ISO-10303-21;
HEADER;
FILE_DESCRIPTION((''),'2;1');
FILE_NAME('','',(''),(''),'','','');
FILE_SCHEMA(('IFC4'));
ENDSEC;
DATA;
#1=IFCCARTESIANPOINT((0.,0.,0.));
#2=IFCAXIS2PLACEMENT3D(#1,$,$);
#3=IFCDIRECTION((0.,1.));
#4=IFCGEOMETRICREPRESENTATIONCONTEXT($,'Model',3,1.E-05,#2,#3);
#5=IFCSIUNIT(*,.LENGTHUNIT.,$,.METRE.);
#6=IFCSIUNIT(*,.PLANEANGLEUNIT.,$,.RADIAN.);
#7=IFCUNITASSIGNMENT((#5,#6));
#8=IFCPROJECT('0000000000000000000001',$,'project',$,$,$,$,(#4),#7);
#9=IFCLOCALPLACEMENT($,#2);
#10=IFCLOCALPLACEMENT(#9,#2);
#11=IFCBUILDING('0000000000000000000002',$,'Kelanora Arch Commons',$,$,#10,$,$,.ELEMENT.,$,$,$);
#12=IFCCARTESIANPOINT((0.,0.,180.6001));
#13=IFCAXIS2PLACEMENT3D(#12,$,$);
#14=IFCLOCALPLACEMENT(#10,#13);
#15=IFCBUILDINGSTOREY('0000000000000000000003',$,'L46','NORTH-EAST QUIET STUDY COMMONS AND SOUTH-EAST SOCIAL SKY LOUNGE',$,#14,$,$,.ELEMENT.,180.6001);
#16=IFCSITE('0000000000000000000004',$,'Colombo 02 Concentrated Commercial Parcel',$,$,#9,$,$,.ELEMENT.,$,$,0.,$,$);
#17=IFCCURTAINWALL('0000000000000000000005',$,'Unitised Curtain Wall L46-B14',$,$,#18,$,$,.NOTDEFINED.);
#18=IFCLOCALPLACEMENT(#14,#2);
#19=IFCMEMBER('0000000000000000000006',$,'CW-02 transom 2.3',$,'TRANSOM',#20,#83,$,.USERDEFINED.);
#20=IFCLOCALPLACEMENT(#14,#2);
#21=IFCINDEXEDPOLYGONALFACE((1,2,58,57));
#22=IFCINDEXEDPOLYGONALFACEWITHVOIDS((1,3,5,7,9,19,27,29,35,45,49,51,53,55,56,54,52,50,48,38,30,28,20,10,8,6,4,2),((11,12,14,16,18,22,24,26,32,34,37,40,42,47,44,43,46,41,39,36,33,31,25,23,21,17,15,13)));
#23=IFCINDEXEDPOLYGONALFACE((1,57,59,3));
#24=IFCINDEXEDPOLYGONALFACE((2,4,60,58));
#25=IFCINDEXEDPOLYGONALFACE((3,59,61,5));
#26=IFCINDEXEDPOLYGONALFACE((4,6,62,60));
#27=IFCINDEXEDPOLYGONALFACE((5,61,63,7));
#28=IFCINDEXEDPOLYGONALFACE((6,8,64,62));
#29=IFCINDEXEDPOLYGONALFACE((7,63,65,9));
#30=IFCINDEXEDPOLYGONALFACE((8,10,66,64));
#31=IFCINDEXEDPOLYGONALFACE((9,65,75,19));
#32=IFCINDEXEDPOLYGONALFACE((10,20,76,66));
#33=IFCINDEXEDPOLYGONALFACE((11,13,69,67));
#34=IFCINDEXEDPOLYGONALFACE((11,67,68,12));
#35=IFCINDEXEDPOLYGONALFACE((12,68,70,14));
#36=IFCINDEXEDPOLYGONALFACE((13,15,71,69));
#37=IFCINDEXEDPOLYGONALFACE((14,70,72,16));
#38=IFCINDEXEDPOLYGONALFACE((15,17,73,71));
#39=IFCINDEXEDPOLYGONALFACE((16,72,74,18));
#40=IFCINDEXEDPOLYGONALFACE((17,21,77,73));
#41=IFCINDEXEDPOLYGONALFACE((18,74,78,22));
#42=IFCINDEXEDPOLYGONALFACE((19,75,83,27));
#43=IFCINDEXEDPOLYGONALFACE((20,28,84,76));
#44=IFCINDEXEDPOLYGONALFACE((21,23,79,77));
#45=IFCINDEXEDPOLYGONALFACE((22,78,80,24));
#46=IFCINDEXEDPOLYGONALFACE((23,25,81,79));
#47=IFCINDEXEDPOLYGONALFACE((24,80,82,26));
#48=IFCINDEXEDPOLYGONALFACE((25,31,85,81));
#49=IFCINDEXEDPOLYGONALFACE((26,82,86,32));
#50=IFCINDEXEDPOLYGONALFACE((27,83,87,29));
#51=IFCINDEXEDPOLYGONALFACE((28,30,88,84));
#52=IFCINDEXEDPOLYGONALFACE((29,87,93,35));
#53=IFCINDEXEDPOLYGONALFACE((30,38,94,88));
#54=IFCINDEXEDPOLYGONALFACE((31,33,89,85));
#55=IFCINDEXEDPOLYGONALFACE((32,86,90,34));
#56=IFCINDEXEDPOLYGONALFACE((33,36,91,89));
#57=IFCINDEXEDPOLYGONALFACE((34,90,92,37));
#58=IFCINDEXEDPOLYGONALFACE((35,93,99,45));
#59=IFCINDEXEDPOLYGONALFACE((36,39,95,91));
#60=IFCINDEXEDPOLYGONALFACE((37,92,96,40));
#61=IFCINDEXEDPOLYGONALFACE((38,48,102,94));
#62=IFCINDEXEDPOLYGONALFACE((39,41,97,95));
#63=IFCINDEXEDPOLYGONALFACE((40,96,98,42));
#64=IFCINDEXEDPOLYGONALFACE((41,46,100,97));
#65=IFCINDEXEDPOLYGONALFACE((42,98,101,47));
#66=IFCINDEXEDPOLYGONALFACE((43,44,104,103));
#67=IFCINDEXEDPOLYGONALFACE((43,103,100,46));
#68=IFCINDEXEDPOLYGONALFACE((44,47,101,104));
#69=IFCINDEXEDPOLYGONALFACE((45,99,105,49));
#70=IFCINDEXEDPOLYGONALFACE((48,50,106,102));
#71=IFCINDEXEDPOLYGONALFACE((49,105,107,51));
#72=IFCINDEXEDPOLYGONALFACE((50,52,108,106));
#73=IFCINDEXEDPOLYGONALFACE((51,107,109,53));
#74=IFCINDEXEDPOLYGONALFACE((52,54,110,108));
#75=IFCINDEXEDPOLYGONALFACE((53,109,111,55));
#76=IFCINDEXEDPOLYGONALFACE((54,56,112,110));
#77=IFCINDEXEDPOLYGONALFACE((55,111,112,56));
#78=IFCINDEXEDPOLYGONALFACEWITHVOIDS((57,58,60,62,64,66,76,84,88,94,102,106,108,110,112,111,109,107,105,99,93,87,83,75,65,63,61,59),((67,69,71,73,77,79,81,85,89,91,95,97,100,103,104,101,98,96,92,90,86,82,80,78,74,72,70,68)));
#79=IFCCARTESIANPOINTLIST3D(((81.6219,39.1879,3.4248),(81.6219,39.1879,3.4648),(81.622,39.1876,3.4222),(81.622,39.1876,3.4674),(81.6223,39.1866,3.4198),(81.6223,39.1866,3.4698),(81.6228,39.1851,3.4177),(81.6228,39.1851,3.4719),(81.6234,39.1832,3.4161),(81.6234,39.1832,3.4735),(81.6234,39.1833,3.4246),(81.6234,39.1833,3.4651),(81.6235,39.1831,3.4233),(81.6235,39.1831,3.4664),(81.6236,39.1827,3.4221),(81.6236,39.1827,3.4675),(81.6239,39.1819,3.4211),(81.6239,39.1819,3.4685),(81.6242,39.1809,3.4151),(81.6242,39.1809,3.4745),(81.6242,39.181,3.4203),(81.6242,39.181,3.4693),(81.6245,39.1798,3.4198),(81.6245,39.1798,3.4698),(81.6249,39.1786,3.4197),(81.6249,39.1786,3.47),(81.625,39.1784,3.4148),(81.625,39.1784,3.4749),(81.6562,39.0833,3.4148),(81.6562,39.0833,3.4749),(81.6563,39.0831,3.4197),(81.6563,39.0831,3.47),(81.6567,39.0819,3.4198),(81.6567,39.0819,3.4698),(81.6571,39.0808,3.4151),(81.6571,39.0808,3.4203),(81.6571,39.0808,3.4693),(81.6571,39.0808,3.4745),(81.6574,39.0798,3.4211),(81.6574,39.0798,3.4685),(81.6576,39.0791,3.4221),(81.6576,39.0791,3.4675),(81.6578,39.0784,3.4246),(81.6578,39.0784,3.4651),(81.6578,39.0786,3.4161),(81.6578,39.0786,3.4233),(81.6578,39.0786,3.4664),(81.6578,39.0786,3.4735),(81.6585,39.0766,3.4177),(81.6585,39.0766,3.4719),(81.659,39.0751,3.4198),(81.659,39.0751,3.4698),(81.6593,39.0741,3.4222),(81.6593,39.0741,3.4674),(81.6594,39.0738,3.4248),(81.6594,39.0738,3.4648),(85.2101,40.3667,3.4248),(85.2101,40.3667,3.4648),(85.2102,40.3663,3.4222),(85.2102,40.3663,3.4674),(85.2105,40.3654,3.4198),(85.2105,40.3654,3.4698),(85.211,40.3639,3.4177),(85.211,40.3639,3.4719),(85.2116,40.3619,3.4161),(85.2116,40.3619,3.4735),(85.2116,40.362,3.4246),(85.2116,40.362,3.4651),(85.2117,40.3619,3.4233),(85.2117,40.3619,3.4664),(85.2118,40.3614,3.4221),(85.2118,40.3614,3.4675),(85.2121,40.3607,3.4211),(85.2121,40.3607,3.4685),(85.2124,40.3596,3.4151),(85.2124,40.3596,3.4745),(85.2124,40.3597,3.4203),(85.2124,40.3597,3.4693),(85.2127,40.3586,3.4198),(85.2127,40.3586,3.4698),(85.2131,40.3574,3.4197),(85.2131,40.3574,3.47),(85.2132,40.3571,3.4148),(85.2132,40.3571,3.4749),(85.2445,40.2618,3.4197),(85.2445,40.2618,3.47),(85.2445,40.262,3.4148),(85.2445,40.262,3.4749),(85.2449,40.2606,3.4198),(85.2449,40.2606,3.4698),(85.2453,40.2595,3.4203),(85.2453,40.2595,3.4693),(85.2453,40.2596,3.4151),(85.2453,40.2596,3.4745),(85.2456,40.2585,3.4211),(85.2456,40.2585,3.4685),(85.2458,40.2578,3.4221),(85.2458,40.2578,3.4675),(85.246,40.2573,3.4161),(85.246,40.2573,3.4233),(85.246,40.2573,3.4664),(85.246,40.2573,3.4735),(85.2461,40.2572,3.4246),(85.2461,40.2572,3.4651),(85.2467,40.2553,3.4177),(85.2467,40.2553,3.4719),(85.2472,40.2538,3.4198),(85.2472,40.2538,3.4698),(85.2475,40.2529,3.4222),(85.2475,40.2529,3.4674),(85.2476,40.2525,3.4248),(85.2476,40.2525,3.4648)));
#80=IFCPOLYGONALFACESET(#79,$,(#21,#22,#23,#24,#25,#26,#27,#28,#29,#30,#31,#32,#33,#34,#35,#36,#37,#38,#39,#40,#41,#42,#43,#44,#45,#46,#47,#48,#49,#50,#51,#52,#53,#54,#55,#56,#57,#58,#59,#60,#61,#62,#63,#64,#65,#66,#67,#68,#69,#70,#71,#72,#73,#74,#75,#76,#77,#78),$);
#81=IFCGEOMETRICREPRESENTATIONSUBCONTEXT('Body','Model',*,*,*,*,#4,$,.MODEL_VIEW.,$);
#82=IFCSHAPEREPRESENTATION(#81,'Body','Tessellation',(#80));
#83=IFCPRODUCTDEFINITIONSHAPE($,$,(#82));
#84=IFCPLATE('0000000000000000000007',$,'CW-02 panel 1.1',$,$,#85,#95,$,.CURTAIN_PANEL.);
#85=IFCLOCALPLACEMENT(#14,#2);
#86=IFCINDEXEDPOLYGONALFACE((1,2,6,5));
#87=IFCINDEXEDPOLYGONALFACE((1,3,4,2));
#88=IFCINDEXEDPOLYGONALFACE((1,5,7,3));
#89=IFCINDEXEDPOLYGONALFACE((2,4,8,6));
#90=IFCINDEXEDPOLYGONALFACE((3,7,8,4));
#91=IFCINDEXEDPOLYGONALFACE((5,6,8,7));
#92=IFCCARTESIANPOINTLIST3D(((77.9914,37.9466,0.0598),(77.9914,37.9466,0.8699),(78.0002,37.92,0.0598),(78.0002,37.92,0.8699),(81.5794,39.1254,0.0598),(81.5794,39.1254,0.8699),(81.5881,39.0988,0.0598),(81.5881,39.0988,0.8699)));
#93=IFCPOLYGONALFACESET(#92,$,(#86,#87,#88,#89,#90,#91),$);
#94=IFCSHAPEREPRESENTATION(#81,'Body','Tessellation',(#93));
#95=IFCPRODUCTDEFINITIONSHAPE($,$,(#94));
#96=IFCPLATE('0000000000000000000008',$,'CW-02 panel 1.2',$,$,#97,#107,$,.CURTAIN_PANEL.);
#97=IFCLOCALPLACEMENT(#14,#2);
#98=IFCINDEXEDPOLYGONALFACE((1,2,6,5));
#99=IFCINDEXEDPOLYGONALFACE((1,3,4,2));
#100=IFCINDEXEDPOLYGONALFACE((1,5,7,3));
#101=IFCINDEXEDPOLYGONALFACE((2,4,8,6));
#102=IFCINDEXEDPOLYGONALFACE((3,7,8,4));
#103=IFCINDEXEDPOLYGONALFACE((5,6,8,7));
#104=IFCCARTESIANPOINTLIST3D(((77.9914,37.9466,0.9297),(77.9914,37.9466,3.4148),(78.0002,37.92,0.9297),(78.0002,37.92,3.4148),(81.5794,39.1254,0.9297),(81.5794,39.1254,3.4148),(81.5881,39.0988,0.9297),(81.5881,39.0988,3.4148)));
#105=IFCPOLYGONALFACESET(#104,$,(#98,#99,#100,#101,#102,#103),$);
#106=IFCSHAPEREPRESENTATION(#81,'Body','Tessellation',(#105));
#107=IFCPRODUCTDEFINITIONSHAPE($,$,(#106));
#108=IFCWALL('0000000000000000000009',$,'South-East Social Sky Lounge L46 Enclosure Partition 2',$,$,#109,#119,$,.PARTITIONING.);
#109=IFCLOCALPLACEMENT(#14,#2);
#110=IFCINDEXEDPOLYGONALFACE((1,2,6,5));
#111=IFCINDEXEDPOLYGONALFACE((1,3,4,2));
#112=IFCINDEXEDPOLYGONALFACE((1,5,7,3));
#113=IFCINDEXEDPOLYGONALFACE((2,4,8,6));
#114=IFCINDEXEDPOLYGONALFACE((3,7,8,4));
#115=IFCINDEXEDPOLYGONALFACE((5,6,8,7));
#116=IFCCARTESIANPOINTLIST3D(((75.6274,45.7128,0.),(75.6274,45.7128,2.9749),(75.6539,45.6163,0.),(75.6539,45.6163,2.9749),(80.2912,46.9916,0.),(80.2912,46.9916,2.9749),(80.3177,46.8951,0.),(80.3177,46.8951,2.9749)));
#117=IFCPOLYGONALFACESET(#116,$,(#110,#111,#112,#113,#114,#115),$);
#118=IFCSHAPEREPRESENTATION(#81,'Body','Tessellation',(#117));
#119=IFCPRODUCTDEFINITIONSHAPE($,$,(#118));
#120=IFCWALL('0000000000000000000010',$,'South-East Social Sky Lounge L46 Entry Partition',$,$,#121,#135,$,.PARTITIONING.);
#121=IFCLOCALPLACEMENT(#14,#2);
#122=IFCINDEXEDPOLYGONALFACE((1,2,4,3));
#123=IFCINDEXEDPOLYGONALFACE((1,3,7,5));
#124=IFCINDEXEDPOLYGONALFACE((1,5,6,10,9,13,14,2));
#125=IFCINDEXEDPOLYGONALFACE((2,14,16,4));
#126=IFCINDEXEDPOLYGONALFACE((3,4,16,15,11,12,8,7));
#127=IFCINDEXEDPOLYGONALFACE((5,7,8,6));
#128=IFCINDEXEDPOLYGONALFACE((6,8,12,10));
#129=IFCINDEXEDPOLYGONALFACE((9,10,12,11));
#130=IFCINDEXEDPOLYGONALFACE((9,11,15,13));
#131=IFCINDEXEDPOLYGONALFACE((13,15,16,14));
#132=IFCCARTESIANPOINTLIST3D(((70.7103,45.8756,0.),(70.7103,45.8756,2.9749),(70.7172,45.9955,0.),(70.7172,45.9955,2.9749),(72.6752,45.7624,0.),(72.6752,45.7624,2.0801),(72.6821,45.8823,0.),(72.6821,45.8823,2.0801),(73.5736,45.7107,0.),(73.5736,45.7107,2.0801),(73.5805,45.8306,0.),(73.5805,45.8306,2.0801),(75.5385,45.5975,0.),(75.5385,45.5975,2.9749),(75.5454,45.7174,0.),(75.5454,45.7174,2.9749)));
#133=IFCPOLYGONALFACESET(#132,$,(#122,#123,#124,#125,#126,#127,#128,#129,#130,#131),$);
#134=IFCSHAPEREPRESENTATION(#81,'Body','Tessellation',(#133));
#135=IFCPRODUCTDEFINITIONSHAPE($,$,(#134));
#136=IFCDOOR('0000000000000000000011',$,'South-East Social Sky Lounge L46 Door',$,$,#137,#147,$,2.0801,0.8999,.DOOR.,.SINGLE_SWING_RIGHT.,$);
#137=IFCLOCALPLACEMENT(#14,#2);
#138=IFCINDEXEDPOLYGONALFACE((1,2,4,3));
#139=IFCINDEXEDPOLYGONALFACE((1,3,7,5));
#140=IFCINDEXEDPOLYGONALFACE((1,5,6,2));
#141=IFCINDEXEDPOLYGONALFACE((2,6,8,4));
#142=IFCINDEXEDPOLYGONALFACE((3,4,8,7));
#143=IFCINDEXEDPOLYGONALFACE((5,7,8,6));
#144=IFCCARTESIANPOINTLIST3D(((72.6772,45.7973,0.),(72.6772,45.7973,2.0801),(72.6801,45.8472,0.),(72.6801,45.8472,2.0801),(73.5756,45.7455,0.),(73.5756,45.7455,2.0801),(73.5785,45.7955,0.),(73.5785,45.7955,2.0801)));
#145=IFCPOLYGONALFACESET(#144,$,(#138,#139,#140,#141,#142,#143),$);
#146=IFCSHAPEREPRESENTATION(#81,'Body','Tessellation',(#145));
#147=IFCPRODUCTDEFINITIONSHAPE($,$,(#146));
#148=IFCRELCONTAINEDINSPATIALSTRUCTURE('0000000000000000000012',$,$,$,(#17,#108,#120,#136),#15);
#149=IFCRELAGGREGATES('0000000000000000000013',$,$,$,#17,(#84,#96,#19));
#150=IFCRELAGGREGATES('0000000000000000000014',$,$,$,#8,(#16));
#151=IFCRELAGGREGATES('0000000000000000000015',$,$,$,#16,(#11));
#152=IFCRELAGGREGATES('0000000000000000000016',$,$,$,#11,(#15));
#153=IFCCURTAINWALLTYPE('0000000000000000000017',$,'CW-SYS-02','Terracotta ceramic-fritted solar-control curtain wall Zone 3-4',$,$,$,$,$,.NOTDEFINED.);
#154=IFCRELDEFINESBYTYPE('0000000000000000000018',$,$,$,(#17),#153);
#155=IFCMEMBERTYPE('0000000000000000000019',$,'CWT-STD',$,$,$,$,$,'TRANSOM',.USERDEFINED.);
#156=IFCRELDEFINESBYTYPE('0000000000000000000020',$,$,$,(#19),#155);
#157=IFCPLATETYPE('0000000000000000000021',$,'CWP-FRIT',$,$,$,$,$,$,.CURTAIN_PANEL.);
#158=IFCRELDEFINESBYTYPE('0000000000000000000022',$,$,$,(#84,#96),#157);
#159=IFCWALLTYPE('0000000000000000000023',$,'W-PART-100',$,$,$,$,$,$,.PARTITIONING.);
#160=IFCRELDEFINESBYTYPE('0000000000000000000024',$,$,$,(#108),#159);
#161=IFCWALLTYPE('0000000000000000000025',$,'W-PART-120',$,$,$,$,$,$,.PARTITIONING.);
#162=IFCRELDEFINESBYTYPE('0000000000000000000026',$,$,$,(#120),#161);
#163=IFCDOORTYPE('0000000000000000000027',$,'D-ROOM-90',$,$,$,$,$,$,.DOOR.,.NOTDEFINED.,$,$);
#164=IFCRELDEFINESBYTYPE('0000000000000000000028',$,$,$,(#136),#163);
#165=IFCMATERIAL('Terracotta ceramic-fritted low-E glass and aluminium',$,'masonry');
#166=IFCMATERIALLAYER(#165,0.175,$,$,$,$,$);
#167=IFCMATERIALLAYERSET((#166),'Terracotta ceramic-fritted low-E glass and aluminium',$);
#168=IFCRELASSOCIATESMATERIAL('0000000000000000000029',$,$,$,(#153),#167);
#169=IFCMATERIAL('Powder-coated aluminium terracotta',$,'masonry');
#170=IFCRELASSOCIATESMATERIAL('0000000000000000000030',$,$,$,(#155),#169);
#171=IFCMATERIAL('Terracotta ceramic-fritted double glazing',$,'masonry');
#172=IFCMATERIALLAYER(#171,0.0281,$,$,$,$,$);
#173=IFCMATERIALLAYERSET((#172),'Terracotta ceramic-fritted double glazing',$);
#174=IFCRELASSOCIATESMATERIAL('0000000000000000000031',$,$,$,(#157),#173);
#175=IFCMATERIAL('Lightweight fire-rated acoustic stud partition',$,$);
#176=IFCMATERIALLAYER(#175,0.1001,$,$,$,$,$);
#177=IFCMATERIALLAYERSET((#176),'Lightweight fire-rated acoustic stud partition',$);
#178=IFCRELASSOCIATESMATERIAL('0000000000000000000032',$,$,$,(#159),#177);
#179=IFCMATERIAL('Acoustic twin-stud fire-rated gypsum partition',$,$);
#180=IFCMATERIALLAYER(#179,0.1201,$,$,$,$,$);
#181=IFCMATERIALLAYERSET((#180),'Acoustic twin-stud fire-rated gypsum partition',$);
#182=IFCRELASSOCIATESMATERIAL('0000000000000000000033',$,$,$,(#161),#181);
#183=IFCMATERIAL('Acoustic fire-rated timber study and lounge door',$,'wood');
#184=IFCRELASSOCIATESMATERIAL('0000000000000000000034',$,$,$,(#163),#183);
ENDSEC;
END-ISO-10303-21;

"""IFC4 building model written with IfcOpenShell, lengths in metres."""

from ifc_helpers import new_model, si_unit, direction, frame, frame_2d, origin, origin_2d, place, context, subcontext, project, spatial, rectangle, hollow_rectangle, extrude, source, transform, mapped, material, layer, layer_set, material_profile, profile_set, type_object, element, fill, aggregate, save


model = new_model("IFC4")

# Units and contexts
model_context = context("Model", 3, precision=1e-05, world=origin(), true_north=direction((0.0, 1.0)))
body_context = subcontext(model_context, "Body", "Model", "MODEL_VIEW")
ifc_project = project(units=[si_unit("LENGTHUNIT", "METRE"), si_unit("PLANEANGLEUNIT", "RADIAN")], contexts=[model_context])

# Site, building, storey
site_placement = place(None, origin())
site = spatial("IfcSite", under=ifc_project, at=site_placement, Name="Colombo 02 Concentrated Commercial Parcel", CompositionType="ELEMENT", RefElevation=0.0)
building_placement = place(site_placement, origin())
building = spatial("IfcBuilding", under=site, at=building_placement, Name="Kelanora Arch Commons", CompositionType="ELEMENT")
storey_placement = place(building_placement, frame((0.0, 0.0, 180.6001)))
storey = spatial("IfcBuildingStorey", under=building, at=storey_placement, Name="L46", Description="NORTH-EAST QUIET STUDY COMMONS AND SOUTH-EAST SOCIAL SKY LOUNGE", CompositionType="ELEMENT", Elevation=180.6001)

# Curtain wall, member, plates
ifc_material_1 = material(Name="Terracotta ceramic-fritted low-E glass and aluminium", Category="masonry")
ifc_layer_1 = layer(ifc_material_1, 0.175)
ifc_layer_set_1 = layer_set([ifc_layer_1], Name="Terracotta ceramic-fritted low-E glass and aluminium")
curtain_wall_type = type_object("IfcCurtainWallType", Name="CW-SYS-02", Description="Terracotta ceramic-fritted solar-control curtain wall Zone 3-4", PredefinedType="NOTDEFINED", material=ifc_layer_set_1)
curtain_wall_placement = place(storey_placement, origin())
curtain_wall = element("IfcCurtainWall", 1, at=curtain_wall_placement, inside=storey, type_object=curtain_wall_type, Name="Unitised Curtain Wall L46-B14", PredefinedType="NOTDEFINED")
ifc_material_2 = material(Name="Powder-coated aluminium terracotta", Category="masonry")
ifc_material_profile_1 = material_profile(ifc_material_2, hollow_rectangle(XDim=0.1201, YDim=0.0601, WallThickness=0.0049, InnerFilletRadius=0.0049, OuterFilletRadius=0.01, at=origin_2d()), Name="CWT120x60")
ifc_profile_set_1 = profile_set([ifc_material_profile_1], Name="Powder-coated aluminium terracotta")
member_type_1 = type_object("IfcMemberType", Name="CWT-STD", ElementType="TRANSOM", PredefinedType="USERDEFINED", material=ifc_profile_set_1)
member_1_placement = place(storey_placement, frame((81.6406, 39.1309, 3.4448), z_axis=(0.950051, 0.312094, 0.0), x_axis=(-0.312094, 0.950051, 0.0)))
member_1 = element("IfcMember", 2, at=member_1_placement, type_object=member_type_1, Name="CW-02 transom 2.3", ObjectType="TRANSOM", PredefinedType="USERDEFINED", context=body_context, shape_type="SweptSolid", body=[
    extrude(hollow_rectangle(XDim=0.1201, YDim=0.0601, WallThickness=0.0049, InnerFilletRadius=0.0049, OuterFilletRadius=0.01, at=origin_2d()), origin(), (0.0, 0.0, 1.0), 3.7769),
])
ifc_material_3 = material(Name="Terracotta ceramic-fritted double glazing", Category="masonry")
ifc_layer_2 = layer(ifc_material_3, 0.0281)
ifc_layer_set_2 = layer_set([ifc_layer_2], Name="Terracotta ceramic-fritted double glazing")
plate_type = type_object("IfcPlateType", Name="CWP-FRIT", PredefinedType="CURTAIN_PANEL", material=ifc_layer_set_2)
shared_shape_1 = source(origin(), body_context, "Body", "SweptSolid", [
    extrude(rectangle(XDim=3.7766, YDim=0.0281, at=origin_2d()), origin(), (0.0, 0.0, 1.0), 0.8101),
])
plate_1_placement = place(storey_placement, frame((79.7898, 38.5227, 0.0598), z_axis=(0.0, 0.0, 1.0), x_axis=(0.95004, 0.312128, 0.0)))
plate_1 = element("IfcPlate", 3, at=plate_1_placement, type_object=plate_type, Name="CW-02 panel 1.1", PredefinedType="CURTAIN_PANEL", context=body_context, shape_type="MappedRepresentation", body=[
    mapped(shared_shape_1, transform((0.0, 0.0, 0.0), scale=1.0)),
])
shared_shape_2 = source(origin(), body_context, "Body", "SweptSolid", [
    extrude(rectangle(XDim=3.7766, YDim=0.0281, at=origin_2d()), origin(), (0.0, 0.0, 1.0), 2.4851),
])
plate_2_placement = place(storey_placement, frame((79.7898, 38.5227, 0.9297), z_axis=(0.0, 0.0, 1.0), x_axis=(0.95004, 0.312128, 0.0)))
plate_2 = element("IfcPlate", 4, at=plate_2_placement, type_object=plate_type, Name="CW-02 panel 1.2", PredefinedType="CURTAIN_PANEL", context=body_context, shape_type="MappedRepresentation", body=[
    mapped(shared_shape_2, transform((0.0, 0.0, 0.0), scale=1.0)),
])
aggregate(curtain_wall, [plate_1, plate_2, member_1])

# Wall
ifc_material_4 = material(Name="Lightweight fire-rated acoustic stud partition")
ifc_layer_3 = layer(ifc_material_4, 0.1001)
ifc_layer_set_3 = layer_set([ifc_layer_3], Name="Lightweight fire-rated acoustic stud partition")
wall_type_1 = type_object("IfcWallType", Name="W-PART-100", PredefinedType="PARTITIONING", material=ifc_layer_set_3)
wall_1_placement = place(storey_placement, frame((75.6406, 45.6646, 0.0), z_axis=(0.0, 0.0, 1.0), x_axis=(0.964403, 0.264437, 0.0)))
element("IfcWall", 5, at=wall_1_placement, inside=storey, type_object=wall_type_1, Name="South-East Social Sky Lounge L46 Enclosure Partition 2", PredefinedType="PARTITIONING", context=body_context, shape_type="SweptSolid", body=[
    extrude(rectangle(XDim=4.8359, YDim=0.1001, at=frame_2d((2.418, 0.0))), origin(), (0.0, 0.0, 1.0), 2.9749),
])

# Wall, opening, door
ifc_material_5 = material(Name="Acoustic twin-stud fire-rated gypsum partition")
ifc_layer_4 = layer(ifc_material_5, 0.1201)
ifc_layer_set_4 = layer_set([ifc_layer_4], Name="Acoustic twin-stud fire-rated gypsum partition")
wall_type_2 = type_object("IfcWallType", Name="W-PART-120", PredefinedType="PARTITIONING", material=ifc_layer_set_4)
wall_2_placement = place(storey_placement, frame((70.7139, 45.9355, 0.0), z_axis=(0.0, 0.0, 1.0), x_axis=(0.998346, -0.0575, 0.0)))
wall_2 = element("IfcWall", 6, at=wall_2_placement, inside=storey, type_object=wall_type_2, Name="South-East Social Sky Lounge L46 Entry Partition", PredefinedType="PARTITIONING", context=body_context, shape_type="SweptSolid", body=[
    extrude(rectangle(XDim=4.8362, YDim=0.1201, at=frame_2d((2.418, 0.0))), origin(), (0.0, 0.0, 1.0), 2.9749),
])
opening_placement = place(wall_2_placement, frame((1.968, 0.0, 0.0)))
opening = element("IfcOpeningElement", 7, at=opening_placement, cuts=wall_2, PredefinedType="OPENING", context=body_context, shape_type="SweptSolid", body=[
    extrude(rectangle(XDim=0.8999, YDim=2.0801, at=frame_2d((0.45, 1.04))), frame((0.0, 0.0701, 0.0), z_axis=(0.0, -1.0, 0.0), x_axis=(1.0, 0.0, 0.0)), (0.0, 0.0, 1.0), 0.1401),
])
ifc_material_6 = material(Name="Acoustic fire-rated timber study and lounge door", Category="wood")
door_type = type_object("IfcDoorType", Name="D-ROOM-90", OperationType="NOTDEFINED", PredefinedType="DOOR", material=ifc_material_6)
door_placement = place(opening_placement, origin())
door = element("IfcDoor", 8, at=door_placement, inside=storey, type_object=door_type, Name="South-East Social Sky Lounge L46 Door", OperationType="SINGLE_SWING_RIGHT", OverallHeight=2.0801, OverallWidth=0.8999, PredefinedType="DOOR", context=body_context, shape_type="SweptSolid", body=[
    extrude(rectangle(XDim=0.8999, YDim=2.0801, at=frame_2d((0.45, 1.04))), frame((0.0, 0.0249, 0.0), z_axis=(0.0, -1.0, 0.0), x_axis=(1.0, 0.0, 0.0)), (0.0, 0.0, 1.0), 0.05),
])
fill(opening, door)

save(model, "model.ifc")
